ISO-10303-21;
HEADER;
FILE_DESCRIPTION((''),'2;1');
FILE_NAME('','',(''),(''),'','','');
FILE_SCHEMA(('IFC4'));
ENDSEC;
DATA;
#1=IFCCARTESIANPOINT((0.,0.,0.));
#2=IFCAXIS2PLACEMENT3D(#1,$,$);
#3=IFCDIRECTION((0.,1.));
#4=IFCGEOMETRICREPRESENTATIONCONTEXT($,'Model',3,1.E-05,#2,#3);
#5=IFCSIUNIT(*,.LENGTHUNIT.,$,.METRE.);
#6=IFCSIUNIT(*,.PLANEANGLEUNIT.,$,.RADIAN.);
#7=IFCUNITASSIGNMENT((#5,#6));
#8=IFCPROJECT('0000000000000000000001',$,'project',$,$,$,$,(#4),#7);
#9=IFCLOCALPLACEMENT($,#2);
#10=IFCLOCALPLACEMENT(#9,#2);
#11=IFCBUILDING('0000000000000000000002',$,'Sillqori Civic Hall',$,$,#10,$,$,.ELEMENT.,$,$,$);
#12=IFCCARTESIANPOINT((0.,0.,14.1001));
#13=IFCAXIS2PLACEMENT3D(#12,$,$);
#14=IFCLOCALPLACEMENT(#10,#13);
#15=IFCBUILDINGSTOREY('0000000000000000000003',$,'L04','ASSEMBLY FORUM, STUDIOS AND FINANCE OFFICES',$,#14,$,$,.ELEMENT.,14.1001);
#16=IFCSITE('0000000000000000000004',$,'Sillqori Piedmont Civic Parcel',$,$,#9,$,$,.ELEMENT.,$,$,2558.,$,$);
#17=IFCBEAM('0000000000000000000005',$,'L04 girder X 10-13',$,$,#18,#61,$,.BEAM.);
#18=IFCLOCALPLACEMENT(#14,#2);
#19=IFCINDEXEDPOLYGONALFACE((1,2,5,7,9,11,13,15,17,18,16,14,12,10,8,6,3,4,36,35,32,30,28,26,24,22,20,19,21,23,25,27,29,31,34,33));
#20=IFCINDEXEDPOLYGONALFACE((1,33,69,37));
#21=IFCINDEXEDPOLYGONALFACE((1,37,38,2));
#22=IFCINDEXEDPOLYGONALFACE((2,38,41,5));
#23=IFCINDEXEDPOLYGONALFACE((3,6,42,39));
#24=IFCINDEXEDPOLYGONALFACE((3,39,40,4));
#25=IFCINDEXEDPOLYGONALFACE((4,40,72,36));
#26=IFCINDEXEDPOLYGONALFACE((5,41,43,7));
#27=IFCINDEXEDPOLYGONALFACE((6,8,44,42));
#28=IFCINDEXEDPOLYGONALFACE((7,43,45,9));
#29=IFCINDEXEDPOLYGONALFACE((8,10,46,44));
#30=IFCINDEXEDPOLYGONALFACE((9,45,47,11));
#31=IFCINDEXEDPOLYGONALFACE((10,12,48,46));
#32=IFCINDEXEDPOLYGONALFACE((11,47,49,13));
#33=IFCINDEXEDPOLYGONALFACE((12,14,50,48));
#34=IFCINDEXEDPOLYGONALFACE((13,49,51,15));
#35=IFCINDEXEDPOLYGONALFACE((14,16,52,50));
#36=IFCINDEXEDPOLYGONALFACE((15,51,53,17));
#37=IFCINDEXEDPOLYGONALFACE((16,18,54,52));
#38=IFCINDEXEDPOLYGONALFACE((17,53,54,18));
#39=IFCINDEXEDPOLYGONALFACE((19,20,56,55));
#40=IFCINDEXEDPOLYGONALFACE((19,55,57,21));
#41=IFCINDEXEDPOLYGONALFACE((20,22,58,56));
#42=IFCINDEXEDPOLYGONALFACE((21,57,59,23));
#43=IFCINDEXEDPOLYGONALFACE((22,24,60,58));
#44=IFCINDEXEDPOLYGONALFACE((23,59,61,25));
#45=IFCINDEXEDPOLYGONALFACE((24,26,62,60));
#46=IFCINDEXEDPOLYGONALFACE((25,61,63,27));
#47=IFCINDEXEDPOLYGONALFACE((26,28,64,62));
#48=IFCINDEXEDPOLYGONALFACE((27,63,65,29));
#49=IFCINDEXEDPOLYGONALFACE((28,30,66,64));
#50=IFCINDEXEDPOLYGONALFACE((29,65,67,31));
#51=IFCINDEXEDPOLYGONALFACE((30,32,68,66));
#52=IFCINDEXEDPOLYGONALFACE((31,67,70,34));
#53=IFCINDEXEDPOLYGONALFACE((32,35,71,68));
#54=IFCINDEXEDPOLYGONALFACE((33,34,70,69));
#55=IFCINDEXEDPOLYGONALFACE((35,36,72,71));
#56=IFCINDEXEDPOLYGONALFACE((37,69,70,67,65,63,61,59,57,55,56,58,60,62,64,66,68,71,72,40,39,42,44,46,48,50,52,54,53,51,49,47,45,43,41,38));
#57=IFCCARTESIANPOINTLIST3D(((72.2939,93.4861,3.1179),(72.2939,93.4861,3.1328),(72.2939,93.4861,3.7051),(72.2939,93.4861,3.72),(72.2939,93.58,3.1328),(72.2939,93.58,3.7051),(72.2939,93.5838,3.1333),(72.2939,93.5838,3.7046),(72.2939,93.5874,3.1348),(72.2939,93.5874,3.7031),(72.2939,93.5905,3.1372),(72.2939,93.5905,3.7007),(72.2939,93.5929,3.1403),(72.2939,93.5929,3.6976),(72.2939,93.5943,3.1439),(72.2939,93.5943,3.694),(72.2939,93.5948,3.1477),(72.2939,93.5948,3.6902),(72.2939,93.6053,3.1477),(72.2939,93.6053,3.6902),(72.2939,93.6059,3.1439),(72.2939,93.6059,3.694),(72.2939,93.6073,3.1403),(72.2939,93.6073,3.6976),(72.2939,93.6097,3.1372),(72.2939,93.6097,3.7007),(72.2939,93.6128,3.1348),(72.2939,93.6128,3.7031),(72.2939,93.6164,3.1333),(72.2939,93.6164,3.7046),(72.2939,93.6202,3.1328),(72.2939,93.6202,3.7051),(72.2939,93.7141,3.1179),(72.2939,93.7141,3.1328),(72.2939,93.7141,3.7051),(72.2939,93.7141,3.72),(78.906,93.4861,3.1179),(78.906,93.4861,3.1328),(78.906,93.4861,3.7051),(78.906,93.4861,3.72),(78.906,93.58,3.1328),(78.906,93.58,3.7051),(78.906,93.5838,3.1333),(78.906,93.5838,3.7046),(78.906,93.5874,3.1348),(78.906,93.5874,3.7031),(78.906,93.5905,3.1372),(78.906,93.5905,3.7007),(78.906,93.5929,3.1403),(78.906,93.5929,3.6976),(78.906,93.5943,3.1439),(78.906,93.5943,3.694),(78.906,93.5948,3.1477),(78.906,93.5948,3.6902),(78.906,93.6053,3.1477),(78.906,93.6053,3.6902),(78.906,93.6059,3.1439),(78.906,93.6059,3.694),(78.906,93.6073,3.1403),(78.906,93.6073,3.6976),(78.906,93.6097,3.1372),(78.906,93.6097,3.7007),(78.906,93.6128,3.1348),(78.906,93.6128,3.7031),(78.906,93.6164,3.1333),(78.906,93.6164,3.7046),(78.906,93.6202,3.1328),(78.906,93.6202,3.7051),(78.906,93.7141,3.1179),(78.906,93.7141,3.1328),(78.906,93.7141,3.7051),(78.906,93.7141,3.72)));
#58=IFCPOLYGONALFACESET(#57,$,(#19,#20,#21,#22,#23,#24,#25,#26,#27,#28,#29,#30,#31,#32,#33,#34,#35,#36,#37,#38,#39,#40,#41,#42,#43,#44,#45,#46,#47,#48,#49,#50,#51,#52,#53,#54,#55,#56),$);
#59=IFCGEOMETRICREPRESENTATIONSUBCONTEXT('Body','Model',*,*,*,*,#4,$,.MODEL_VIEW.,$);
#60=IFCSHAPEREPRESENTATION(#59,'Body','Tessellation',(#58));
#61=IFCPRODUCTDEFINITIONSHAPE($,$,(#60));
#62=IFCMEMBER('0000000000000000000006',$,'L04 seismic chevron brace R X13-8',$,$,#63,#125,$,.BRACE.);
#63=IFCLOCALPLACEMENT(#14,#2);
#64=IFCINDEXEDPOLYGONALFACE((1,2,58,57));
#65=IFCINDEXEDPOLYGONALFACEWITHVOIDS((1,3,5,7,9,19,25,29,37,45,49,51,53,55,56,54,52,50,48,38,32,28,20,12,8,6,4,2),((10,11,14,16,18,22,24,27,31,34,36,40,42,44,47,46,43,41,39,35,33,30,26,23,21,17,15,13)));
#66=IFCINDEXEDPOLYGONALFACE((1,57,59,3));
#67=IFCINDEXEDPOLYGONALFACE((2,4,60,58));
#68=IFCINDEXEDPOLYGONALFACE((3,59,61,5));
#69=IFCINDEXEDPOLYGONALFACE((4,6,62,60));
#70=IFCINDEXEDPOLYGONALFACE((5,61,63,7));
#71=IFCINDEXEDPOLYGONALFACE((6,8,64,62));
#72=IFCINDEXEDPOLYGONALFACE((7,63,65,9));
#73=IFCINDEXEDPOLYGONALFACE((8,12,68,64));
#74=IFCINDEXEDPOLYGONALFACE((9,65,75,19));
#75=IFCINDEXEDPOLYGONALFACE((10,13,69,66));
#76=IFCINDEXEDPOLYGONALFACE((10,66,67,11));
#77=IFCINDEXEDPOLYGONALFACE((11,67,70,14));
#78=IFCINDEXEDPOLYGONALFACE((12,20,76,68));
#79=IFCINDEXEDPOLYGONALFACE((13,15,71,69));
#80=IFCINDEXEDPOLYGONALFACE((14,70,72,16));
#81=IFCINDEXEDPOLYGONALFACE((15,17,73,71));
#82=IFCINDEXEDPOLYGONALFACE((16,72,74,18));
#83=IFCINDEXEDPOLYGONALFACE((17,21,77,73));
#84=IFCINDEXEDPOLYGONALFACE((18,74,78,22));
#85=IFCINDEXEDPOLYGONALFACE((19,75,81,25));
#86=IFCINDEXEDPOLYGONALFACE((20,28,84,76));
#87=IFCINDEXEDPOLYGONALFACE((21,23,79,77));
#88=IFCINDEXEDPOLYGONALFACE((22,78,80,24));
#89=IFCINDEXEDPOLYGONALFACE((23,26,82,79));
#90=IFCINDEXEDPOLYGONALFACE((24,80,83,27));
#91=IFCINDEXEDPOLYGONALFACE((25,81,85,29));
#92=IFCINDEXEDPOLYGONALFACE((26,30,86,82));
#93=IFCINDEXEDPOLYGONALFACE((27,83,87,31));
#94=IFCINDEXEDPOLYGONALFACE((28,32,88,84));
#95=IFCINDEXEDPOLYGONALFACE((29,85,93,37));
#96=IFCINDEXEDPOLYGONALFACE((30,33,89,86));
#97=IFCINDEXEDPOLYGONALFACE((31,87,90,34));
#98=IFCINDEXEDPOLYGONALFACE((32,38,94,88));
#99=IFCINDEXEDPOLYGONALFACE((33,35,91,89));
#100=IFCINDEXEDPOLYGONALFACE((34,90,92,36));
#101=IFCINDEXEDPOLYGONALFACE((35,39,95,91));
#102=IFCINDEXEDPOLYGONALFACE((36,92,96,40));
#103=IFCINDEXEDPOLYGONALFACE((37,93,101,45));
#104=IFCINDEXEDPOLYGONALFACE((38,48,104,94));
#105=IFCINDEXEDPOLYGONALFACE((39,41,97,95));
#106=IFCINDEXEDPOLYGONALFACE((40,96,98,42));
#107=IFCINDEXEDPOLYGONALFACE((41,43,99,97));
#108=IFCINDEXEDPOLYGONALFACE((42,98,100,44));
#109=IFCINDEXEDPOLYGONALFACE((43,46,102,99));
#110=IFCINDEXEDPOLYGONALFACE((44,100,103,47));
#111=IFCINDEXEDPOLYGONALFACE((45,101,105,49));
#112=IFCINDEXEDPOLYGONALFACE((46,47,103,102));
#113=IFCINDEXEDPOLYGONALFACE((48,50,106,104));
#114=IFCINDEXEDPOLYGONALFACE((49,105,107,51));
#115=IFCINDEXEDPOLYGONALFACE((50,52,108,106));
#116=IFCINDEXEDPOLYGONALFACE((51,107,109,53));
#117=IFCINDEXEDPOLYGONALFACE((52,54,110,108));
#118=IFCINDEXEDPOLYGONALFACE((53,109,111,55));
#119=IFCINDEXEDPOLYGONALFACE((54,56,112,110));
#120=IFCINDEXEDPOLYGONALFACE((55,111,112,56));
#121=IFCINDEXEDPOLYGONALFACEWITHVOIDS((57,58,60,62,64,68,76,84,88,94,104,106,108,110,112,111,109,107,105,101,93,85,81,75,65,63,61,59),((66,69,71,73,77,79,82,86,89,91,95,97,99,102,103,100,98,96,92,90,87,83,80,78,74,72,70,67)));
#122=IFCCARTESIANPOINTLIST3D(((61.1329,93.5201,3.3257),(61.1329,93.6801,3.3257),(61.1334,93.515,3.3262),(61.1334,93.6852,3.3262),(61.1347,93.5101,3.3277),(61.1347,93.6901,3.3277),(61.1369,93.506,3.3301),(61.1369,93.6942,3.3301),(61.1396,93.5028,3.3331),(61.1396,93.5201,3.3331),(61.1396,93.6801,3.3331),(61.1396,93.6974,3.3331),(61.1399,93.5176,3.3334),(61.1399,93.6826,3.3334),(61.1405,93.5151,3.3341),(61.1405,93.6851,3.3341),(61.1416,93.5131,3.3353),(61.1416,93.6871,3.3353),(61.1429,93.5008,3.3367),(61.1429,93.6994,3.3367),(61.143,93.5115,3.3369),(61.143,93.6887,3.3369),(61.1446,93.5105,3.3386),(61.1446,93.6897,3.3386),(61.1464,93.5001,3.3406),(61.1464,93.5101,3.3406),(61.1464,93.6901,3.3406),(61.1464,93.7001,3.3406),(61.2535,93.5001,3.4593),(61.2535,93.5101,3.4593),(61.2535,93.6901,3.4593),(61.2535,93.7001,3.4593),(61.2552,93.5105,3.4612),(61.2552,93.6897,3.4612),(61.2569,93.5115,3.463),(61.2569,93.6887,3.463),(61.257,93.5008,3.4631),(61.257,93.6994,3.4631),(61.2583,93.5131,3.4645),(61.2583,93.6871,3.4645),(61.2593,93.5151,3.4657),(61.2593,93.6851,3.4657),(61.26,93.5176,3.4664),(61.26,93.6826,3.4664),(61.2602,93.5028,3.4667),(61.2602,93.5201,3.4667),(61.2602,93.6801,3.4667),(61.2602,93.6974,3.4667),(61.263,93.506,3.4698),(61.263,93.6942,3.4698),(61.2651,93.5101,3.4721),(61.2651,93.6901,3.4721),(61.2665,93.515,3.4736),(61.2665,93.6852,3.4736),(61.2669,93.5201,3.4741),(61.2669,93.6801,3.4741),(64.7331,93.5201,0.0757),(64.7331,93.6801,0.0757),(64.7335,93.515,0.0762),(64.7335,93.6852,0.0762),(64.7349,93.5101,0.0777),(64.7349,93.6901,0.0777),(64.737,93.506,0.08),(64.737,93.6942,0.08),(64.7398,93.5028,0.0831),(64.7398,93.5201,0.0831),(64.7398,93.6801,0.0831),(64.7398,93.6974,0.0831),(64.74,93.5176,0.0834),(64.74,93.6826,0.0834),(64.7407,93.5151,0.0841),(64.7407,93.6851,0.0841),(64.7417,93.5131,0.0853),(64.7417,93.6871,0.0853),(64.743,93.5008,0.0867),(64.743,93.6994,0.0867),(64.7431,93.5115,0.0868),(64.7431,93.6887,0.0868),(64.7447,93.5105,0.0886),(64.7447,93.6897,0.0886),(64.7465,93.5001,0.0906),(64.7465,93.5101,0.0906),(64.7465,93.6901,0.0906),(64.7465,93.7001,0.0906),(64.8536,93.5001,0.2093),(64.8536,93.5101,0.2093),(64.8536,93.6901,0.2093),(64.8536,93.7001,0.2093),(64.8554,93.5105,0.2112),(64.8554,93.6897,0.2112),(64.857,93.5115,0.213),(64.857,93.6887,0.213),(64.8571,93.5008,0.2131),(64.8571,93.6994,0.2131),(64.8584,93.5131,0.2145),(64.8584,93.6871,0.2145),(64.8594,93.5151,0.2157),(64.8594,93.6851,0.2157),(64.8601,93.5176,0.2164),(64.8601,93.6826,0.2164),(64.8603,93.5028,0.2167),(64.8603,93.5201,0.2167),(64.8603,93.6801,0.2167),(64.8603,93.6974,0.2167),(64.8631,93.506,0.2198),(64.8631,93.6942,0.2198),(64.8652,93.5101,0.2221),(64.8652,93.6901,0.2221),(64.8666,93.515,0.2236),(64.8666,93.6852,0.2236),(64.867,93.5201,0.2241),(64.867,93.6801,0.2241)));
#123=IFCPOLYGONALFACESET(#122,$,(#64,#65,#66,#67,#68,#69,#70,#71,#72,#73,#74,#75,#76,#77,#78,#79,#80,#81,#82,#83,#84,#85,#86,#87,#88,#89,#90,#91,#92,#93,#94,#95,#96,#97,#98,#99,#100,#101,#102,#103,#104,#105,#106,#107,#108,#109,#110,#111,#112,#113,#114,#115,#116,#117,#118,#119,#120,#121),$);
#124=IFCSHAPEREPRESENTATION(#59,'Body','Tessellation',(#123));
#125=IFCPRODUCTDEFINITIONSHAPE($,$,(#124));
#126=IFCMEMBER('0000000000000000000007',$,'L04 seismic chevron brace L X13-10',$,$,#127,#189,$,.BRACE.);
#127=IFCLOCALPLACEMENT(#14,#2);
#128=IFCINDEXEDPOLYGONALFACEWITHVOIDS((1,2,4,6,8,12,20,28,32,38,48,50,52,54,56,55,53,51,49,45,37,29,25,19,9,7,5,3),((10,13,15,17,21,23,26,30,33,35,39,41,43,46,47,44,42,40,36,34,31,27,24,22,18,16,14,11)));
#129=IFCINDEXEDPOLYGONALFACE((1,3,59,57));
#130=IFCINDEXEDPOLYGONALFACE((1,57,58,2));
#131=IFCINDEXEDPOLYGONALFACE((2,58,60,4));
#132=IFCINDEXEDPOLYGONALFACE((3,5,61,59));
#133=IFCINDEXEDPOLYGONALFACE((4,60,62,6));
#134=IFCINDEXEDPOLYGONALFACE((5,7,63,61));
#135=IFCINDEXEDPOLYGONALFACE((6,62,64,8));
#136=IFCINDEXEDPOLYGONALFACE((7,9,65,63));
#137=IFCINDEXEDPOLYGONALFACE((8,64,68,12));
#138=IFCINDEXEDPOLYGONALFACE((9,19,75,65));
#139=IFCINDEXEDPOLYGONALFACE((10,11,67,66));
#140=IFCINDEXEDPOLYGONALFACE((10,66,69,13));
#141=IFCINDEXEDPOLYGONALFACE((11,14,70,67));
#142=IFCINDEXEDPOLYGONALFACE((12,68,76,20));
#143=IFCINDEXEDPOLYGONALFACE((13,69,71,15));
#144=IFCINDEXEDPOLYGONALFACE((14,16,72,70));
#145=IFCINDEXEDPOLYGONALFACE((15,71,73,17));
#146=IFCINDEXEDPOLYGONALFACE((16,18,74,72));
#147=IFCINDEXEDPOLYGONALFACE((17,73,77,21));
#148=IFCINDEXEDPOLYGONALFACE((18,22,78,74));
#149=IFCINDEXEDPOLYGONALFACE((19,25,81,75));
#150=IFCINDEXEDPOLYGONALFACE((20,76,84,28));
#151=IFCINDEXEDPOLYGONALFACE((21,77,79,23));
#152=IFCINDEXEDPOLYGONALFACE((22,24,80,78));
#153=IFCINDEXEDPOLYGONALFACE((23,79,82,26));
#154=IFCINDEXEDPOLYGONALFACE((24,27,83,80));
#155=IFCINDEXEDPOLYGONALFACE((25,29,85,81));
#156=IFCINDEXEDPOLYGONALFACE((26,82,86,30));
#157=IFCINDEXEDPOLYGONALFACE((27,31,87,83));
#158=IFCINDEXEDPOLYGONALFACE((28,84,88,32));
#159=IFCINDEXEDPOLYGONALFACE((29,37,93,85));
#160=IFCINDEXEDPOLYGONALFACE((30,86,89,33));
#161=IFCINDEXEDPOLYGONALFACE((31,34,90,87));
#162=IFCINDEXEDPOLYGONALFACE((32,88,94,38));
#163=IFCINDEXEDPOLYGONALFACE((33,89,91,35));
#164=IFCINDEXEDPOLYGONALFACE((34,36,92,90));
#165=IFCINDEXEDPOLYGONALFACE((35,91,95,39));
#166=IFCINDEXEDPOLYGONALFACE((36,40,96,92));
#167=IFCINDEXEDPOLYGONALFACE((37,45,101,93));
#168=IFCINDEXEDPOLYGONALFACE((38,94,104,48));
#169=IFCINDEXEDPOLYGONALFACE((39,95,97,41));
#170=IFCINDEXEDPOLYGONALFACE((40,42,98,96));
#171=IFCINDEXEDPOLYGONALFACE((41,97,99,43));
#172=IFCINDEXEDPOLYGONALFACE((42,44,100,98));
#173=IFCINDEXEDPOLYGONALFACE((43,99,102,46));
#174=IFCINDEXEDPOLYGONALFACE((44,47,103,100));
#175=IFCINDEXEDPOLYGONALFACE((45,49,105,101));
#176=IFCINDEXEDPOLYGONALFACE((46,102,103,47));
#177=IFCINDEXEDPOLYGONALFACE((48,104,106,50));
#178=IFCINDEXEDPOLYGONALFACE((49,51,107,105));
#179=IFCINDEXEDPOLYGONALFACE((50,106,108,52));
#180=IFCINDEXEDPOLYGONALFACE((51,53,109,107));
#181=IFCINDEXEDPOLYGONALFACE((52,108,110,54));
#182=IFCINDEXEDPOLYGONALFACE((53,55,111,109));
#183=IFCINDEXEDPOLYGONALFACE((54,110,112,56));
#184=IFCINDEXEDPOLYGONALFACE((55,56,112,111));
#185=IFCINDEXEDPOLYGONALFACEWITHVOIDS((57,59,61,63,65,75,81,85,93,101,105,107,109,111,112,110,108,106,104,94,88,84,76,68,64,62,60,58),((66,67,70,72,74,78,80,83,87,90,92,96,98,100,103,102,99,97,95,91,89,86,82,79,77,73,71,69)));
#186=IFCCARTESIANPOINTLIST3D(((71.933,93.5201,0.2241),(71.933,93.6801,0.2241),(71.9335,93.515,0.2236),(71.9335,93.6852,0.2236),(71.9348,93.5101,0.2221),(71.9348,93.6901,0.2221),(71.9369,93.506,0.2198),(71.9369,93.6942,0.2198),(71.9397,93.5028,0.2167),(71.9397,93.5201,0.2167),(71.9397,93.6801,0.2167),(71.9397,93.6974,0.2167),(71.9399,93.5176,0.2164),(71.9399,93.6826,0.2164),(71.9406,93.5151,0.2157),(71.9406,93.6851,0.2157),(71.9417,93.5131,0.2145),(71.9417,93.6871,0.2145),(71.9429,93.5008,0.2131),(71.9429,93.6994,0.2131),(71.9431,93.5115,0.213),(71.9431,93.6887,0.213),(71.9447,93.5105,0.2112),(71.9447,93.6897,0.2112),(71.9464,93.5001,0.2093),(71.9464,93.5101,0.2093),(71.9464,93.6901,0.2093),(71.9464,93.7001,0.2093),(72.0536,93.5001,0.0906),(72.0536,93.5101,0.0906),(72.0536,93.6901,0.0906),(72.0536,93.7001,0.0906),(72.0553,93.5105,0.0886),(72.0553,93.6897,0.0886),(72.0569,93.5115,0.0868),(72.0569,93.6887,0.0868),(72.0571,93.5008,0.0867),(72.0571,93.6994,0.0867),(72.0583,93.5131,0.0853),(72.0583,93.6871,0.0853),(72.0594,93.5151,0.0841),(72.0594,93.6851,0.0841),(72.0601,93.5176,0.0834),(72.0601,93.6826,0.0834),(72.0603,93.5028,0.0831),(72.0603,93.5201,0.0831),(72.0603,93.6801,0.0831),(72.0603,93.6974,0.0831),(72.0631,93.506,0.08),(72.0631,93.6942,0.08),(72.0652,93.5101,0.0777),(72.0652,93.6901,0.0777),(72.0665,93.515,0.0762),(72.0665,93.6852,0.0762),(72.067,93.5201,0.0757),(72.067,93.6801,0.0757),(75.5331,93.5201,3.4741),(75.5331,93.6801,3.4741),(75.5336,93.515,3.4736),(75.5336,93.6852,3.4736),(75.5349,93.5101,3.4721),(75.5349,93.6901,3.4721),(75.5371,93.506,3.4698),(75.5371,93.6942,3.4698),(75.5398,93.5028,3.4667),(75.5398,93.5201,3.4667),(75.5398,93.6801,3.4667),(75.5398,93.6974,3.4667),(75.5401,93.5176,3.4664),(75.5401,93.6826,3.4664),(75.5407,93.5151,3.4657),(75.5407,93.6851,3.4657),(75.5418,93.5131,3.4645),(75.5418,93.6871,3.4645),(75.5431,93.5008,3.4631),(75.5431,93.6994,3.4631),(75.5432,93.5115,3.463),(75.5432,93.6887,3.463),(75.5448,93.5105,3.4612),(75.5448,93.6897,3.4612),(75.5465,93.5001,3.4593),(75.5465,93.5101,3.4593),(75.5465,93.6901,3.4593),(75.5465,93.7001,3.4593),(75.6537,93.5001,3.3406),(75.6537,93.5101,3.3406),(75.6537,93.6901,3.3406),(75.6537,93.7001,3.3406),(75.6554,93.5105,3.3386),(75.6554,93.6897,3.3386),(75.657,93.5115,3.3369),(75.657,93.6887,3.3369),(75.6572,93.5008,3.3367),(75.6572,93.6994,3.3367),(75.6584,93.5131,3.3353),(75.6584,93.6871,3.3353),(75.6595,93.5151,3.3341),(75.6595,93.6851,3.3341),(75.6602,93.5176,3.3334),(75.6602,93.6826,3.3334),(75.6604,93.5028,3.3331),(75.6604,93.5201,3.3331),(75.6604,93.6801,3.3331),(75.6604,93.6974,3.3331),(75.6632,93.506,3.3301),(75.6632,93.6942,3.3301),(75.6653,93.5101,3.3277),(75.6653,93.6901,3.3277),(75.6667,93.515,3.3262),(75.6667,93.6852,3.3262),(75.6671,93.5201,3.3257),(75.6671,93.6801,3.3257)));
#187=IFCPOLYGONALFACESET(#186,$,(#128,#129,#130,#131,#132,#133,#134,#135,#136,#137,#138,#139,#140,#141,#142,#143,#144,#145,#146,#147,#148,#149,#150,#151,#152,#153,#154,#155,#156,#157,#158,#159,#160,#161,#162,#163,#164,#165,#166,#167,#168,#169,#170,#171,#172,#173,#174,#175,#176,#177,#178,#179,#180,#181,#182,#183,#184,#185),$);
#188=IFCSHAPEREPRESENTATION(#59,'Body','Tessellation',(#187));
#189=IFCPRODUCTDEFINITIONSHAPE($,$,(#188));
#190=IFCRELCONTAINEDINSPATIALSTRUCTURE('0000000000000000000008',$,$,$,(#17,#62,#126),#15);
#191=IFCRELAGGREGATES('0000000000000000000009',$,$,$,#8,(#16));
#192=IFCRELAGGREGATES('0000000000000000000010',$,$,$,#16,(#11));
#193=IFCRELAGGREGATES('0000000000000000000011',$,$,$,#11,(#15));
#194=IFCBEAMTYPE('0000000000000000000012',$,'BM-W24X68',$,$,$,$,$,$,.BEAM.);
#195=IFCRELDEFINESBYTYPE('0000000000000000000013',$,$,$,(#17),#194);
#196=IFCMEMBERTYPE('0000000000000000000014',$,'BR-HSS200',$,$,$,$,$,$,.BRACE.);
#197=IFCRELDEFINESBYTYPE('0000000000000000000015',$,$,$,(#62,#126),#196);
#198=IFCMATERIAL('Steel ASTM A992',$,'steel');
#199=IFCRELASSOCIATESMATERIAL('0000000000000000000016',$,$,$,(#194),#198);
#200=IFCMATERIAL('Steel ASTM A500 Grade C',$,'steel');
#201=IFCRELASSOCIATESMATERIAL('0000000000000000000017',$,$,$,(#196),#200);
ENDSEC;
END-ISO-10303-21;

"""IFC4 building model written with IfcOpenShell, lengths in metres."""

from ifc_helpers import new_model, si_unit, direction, frame, origin, origin_2d, place, context, subcontext, project, spatial, hollow_rectangle, i_section, extrude, material, material_profile, profile_set, type_object, element, save


model = new_model("IFC4")

# Units and contexts
model_context = context("Model", 3, precision=1e-05, world=origin(), true_north=direction((0.0, 1.0)))
body_context = subcontext(model_context, "Body", "Model", "MODEL_VIEW")
ifc_project = project(units=[si_unit("LENGTHUNIT", "METRE"), si_unit("PLANEANGLEUNIT", "RADIAN")], contexts=[model_context])

# Site, building, storey
site_placement = place(None, origin())
site = spatial("IfcSite", under=ifc_project, at=site_placement, Name="Sillqori Piedmont Civic Parcel", CompositionType="ELEMENT", RefElevation=2558.0)
building_placement = place(site_placement, origin())
building = spatial("IfcBuilding", under=site, at=building_placement, Name="Sillqori Civic Hall", CompositionType="ELEMENT")
storey_placement = place(building_placement, frame((0.0, 0.0, 14.1001)))
storey = spatial("IfcBuildingStorey", under=building, at=storey_placement, Name="L04", Description="ASSEMBLY FORUM, STUDIOS AND FINANCE OFFICES", CompositionType="ELEMENT", Elevation=14.1001)

# Shared definitions
ifc_material_1 = material(Name="Steel ASTM A992", Category="steel")

# Beam
ifc_material_profile_1 = material_profile(ifc_material_1, i_section(OverallWidth=0.228, OverallDepth=0.6021, WebThickness=0.0105, FlangeThickness=0.0149, FilletRadius=0.0149, at=origin_2d()), Name="W24X68")
ifc_profile_set_1 = profile_set([ifc_material_profile_1], Name="Steel ASTM A992")
beam_type_1 = type_object("IfcBeamType", Name="BM-W24X68", PredefinedType="BEAM", material=ifc_profile_set_1)
beam_1_placement = place(storey_placement, frame((72.2939, 93.6001, 3.4189), z_axis=(1.0, 0.0, 0.0), x_axis=(0.0, 1.0, 0.0)))
element("IfcBeam", 1, at=beam_1_placement, inside=storey, type_object=beam_type_1, Name="L04 girder X 10-13", PredefinedType="BEAM", context=body_context, shape_type="SweptSolid", body=[
    extrude(i_section(OverallWidth=0.228, OverallDepth=0.6021, WebThickness=0.0105, FlangeThickness=0.0149, FilletRadius=0.0149, at=origin_2d()), origin(), (0.0, 0.0, 1.0), 6.6121),
])

# Members
ifc_material_2 = material(Name="Steel ASTM A500 Grade C", Category="steel")
ifc_material_profile_2 = material_profile(ifc_material_2, hollow_rectangle(XDim=0.2, YDim=0.2, WallThickness=0.01, InnerFilletRadius=0.01, OuterFilletRadius=0.02, at=origin_2d()), Name="HSS200X200X10")
ifc_profile_set_2 = profile_set([ifc_material_profile_2], Name="Steel ASTM A500 Grade C")
member_type = type_object("IfcMemberType", Name="BR-HSS200", PredefinedType="BRACE", material=ifc_profile_set_2)
for number, where, z_axis, x_axis, name in (
    (2, (64.8, 93.6001, 0.1499), (-0.742277, 0.0, 0.670093), (0.0, -1.0, 0.0), "L04 seismic chevron brace R X13-8"),
    (3, (72.0, 93.6001, 0.1499), (0.742277, 0.0, 0.670093), (0.0, 1.0, 0.0), "L04 seismic chevron brace L X13-10"),
):
    element("IfcMember", number, at=place(storey_placement, frame(where, z_axis=z_axis, x_axis=x_axis)), inside=storey, type_object=member_type, Name=name, PredefinedType="BRACE", context=body_context, shape_type="SweptSolid", body=[
        extrude(hollow_rectangle(XDim=0.2, YDim=0.2, WallThickness=0.01, InnerFilletRadius=0.01, OuterFilletRadius=0.02, at=origin_2d()), origin(), (0.0, 0.0, 1.0), 4.8501),
    ])

save(model, "model.ifc")
